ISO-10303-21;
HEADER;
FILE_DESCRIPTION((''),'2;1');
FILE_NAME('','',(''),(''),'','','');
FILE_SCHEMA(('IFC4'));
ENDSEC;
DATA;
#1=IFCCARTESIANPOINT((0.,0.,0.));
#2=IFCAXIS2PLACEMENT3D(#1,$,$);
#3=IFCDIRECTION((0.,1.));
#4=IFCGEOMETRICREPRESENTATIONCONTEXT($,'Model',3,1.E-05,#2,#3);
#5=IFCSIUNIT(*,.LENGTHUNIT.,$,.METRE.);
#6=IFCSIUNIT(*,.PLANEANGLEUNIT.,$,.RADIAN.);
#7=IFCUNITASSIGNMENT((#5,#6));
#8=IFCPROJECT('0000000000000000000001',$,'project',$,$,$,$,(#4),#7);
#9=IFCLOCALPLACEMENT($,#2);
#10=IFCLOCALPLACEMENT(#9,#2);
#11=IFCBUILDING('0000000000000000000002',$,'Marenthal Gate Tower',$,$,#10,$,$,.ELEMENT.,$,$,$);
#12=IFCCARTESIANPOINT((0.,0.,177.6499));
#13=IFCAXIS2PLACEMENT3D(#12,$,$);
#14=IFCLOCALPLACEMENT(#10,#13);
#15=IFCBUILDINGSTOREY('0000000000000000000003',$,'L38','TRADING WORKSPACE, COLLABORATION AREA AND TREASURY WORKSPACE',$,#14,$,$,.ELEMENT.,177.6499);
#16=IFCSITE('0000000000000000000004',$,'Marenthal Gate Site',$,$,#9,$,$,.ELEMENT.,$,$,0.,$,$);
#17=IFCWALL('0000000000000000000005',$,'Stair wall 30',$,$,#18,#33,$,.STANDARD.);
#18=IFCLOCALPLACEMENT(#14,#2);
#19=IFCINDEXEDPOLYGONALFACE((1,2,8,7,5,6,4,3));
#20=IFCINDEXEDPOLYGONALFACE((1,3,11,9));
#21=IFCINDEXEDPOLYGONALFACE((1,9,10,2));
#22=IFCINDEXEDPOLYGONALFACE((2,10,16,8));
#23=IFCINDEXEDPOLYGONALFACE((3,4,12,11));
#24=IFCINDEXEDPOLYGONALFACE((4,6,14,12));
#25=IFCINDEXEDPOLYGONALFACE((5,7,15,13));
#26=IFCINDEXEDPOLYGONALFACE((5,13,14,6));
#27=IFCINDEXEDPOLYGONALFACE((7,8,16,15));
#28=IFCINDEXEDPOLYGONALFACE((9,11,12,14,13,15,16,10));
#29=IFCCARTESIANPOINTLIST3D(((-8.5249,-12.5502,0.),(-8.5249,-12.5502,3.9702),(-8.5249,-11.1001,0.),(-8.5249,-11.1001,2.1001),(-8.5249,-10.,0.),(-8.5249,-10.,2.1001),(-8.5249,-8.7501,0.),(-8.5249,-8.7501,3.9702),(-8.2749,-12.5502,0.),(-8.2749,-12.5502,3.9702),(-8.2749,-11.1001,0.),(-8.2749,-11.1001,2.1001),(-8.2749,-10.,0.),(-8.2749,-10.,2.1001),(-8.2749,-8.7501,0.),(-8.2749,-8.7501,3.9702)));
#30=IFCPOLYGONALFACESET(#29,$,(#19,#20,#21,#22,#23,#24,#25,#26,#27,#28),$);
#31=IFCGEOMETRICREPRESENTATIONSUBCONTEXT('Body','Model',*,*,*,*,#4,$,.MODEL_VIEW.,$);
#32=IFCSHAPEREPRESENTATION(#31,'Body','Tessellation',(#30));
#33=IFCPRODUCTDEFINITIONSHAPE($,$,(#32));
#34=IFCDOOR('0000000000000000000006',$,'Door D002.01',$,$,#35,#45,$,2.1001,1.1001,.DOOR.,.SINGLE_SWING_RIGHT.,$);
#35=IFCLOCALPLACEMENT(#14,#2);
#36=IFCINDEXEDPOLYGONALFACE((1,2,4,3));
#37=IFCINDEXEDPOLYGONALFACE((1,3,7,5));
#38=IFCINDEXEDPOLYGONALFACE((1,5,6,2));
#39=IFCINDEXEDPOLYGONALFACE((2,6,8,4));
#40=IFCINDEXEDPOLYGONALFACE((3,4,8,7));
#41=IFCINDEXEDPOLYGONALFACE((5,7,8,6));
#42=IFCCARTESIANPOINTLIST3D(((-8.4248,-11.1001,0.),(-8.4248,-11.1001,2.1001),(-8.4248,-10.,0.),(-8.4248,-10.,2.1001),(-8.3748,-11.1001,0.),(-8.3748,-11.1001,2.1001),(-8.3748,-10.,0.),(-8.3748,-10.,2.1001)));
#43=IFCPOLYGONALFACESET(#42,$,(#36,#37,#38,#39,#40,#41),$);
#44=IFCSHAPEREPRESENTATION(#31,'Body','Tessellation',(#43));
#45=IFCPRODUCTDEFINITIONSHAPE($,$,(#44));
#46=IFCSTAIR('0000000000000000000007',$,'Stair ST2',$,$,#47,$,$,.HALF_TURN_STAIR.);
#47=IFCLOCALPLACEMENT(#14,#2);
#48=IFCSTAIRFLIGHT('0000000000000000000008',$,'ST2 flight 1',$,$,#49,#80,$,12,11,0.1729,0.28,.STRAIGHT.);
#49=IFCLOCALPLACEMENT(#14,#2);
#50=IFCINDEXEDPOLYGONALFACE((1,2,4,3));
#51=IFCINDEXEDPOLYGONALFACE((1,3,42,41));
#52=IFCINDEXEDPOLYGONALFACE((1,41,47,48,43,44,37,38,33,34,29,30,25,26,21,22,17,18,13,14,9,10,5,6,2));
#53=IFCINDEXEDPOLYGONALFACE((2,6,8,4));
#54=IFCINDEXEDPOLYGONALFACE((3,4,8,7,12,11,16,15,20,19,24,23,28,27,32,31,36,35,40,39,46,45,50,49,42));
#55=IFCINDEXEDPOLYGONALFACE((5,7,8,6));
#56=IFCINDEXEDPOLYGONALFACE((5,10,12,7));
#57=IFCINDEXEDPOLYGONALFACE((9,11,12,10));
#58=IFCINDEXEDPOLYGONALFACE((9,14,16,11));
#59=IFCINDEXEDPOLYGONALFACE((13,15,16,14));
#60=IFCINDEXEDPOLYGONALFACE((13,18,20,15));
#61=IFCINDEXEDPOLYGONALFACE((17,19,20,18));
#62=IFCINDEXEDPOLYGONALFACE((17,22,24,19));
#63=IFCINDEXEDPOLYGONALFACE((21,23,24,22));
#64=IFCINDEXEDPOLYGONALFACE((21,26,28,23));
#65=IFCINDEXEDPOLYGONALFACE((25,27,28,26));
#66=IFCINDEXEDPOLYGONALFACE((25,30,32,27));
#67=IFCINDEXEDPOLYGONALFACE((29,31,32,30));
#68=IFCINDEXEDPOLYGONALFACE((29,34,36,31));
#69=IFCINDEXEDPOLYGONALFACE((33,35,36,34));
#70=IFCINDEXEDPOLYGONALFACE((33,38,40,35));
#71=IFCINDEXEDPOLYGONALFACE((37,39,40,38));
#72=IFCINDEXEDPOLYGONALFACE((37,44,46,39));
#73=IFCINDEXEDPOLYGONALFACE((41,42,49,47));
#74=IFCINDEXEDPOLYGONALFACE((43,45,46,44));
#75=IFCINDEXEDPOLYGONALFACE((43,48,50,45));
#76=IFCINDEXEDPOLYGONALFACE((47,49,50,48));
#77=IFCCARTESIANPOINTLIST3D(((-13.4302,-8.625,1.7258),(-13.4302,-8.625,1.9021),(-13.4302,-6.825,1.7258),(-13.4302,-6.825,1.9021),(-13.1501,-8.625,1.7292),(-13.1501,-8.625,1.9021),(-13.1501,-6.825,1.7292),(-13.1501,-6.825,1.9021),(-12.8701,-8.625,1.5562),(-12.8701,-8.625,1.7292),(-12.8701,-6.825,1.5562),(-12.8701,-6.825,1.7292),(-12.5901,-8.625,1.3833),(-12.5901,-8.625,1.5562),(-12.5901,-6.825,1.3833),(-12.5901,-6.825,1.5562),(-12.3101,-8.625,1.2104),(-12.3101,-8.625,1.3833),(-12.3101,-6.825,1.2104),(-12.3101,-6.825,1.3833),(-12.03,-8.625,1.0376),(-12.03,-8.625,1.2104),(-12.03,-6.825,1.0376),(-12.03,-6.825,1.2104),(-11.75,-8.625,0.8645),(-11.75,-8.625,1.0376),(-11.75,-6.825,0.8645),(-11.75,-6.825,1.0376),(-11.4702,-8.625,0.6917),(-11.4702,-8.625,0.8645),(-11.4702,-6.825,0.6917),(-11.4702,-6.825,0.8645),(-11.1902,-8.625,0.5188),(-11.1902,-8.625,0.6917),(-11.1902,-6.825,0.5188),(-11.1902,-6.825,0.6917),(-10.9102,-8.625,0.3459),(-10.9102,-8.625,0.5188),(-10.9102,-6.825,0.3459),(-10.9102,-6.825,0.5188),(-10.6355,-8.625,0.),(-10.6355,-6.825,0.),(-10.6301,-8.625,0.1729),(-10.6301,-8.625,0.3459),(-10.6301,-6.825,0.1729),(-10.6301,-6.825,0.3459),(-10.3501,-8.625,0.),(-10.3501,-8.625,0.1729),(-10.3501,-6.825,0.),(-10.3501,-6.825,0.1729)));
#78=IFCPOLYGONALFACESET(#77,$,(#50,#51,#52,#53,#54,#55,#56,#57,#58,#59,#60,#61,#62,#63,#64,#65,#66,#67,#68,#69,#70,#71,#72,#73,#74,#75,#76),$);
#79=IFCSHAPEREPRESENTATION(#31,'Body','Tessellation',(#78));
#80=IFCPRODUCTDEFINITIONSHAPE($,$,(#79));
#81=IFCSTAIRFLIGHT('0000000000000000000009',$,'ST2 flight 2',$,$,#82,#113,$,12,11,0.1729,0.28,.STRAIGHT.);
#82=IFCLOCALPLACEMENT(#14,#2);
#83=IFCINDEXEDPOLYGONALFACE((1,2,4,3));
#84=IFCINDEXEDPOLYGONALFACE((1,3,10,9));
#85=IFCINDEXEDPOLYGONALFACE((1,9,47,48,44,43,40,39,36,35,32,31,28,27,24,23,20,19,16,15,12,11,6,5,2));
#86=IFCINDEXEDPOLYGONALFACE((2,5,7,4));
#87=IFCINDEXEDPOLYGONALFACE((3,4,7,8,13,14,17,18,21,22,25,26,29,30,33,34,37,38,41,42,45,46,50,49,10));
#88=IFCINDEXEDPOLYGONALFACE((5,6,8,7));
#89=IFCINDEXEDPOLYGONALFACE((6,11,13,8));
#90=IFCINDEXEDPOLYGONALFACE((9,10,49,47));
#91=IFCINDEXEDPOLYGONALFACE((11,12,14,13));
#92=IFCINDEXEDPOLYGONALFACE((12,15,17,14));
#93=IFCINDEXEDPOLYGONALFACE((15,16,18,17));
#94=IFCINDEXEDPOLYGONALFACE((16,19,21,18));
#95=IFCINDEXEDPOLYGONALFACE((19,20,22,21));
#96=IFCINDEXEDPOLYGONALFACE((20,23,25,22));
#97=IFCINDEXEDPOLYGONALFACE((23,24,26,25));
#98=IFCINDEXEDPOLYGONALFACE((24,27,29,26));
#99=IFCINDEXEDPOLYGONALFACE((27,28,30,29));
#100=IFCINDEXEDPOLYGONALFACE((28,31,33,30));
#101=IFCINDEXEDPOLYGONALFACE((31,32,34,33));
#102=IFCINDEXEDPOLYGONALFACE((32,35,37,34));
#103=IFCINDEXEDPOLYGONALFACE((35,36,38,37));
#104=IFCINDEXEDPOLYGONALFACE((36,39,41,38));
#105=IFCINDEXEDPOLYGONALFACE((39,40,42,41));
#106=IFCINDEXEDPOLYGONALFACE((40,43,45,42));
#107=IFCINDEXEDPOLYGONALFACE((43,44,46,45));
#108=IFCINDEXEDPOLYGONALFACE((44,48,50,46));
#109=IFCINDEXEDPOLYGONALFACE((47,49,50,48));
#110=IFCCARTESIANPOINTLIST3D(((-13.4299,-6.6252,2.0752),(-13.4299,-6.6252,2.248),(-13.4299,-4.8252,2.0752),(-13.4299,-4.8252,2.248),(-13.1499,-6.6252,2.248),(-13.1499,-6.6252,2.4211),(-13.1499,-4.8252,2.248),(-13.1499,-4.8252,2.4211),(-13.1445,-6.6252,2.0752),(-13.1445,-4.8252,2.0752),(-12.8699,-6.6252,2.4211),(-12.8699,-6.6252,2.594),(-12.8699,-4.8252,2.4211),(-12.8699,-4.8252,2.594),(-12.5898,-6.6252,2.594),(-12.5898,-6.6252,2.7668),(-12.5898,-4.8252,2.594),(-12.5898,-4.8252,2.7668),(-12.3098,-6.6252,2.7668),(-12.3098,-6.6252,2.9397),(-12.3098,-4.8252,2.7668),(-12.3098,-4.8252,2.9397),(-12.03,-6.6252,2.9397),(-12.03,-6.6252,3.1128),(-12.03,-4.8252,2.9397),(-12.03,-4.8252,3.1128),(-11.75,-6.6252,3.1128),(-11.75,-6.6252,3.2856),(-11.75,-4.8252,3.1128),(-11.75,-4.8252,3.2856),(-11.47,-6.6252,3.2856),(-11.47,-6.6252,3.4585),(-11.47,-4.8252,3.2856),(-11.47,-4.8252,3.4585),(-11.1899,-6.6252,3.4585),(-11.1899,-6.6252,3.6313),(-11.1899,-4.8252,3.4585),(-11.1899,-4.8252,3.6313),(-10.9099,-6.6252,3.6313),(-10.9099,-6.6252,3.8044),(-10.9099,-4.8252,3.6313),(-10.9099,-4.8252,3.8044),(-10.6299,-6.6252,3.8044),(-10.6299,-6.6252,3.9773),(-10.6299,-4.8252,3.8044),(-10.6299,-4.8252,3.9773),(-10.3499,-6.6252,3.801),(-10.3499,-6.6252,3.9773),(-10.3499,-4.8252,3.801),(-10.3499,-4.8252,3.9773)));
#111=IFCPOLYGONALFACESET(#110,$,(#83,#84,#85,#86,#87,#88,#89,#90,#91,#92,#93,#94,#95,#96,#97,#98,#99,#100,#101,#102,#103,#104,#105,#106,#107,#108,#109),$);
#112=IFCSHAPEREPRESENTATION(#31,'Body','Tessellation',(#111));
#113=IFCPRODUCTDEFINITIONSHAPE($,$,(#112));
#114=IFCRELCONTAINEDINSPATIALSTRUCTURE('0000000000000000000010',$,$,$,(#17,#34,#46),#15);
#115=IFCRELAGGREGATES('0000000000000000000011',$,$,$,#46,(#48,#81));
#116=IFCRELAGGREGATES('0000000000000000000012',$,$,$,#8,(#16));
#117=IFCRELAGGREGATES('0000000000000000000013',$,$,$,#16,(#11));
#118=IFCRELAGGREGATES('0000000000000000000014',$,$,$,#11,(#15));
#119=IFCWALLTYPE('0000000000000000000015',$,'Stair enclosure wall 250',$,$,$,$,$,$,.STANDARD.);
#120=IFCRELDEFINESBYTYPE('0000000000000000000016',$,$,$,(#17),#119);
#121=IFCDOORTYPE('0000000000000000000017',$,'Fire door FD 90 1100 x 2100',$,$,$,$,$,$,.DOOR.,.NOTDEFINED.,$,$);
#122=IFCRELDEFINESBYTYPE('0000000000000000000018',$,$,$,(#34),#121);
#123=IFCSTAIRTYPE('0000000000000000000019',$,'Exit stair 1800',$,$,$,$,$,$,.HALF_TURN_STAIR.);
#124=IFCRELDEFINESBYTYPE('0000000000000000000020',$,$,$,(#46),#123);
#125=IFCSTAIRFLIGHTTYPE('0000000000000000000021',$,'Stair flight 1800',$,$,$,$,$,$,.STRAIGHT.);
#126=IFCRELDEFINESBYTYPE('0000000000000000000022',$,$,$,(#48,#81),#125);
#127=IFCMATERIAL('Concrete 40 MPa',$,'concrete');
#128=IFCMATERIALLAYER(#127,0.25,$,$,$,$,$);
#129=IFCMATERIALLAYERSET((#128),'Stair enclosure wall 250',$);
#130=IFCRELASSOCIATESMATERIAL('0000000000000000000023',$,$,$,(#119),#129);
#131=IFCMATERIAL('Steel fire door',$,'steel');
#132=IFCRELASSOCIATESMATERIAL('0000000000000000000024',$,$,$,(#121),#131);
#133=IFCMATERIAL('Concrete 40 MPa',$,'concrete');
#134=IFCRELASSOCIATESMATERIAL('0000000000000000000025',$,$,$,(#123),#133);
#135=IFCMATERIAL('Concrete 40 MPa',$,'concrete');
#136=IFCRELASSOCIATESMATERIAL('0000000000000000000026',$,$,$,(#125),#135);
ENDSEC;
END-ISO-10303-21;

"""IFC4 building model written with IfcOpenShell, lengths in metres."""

from ifc_helpers import new_model, si_unit, direction, frame, frame_2d, origin, place, context, subcontext, project, spatial, polyline, rectangle, outline, extrude, material, layer, layer_set, type_object, element, fill, aggregate, save


model = new_model("IFC4")

# Units and contexts
model_context = context("Model", 3, precision=1e-05, world=origin(), true_north=direction((0.0, 1.0)))
body_context = subcontext(model_context, "Body", "Model", "MODEL_VIEW")
ifc_project = project(units=[si_unit("LENGTHUNIT", "METRE"), si_unit("PLANEANGLEUNIT", "RADIAN")], contexts=[model_context])

# Site, building, storey
site_placement = place(None, origin())
site = spatial("IfcSite", under=ifc_project, at=site_placement, Name="Marenthal Gate Site", CompositionType="ELEMENT", RefElevation=0.0)
building_placement = place(site_placement, origin())
building = spatial("IfcBuilding", under=site, at=building_placement, Name="Marenthal Gate Tower", CompositionType="ELEMENT")
storey_placement = place(building_placement, frame((0.0, 0.0, 177.6499)))
storey = spatial("IfcBuildingStorey", under=building, at=storey_placement, Name="L38", Description="TRADING WORKSPACE, COLLABORATION AREA AND TREASURY WORKSPACE", CompositionType="ELEMENT", Elevation=177.6499)

# Shared definitions
ifc_material_1 = material(Name="Concrete 40 MPa", Category="concrete")
ifc_layer_1 = layer(ifc_material_1, 0.25)
ifc_layer_set_1 = layer_set([ifc_layer_1], Name="Stair enclosure wall 250")
wall_type_1 = type_object("IfcWallType", Name="Stair enclosure wall 250", PredefinedType="STANDARD", material=ifc_layer_set_1)

# Wall, opening, door
wall_1_placement = place(storey_placement, frame((-8.3999, -12.55, 0.0), z_axis=(0.0, 0.0, 1.0), x_axis=(0.0, 1.0, 0.0)))
wall_1 = element("IfcWall", 1, at=wall_1_placement, inside=storey, type_object=wall_type_1, Name="Stair wall 30", PredefinedType="STANDARD", context=body_context, shape_type="SweptSolid", body=[
    extrude(rectangle(XDim=3.8, YDim=0.25, at=frame_2d((1.8999, 0.0))), origin(), (0.0, 0.0, 1.0), 3.9702),
])
opening_1_placement = place(wall_1_placement, frame((1.45, 0.0, 0.0)))
opening_1 = element("IfcOpeningElement", 2, at=opening_1_placement, cuts=wall_1, PredefinedType="OPENING", context=body_context, shape_type="SweptSolid", body=[
    extrude(rectangle(XDim=1.1001, YDim=2.1001, at=frame_2d((0.55, 1.05))), frame((0.0, 0.135, 0.0), z_axis=(0.0, -1.0, 0.0), x_axis=(1.0, 0.0, 0.0)), (0.0, 0.0, 1.0), 0.27),
])
ifc_material_2 = material(Name="Steel fire door", Category="steel")
door_type_1 = type_object("IfcDoorType", Name="Fire door FD 90 1100 x 2100", OperationType="NOTDEFINED", PredefinedType="DOOR", material=ifc_material_2)
door_1_placement = place(opening_1_placement, origin())
door_1 = element("IfcDoor", 3, at=door_1_placement, inside=storey, type_object=door_type_1, Name="Door D002.01", OperationType="SINGLE_SWING_RIGHT", OverallHeight=2.1001, OverallWidth=1.1001, PredefinedType="DOOR", context=body_context, shape_type="SweptSolid", body=[
    extrude(rectangle(XDim=1.1001, YDim=2.1001, at=frame_2d((0.55, 1.05))), frame((0.0, 0.0249, 0.0), z_axis=(0.0, -1.0, 0.0), x_axis=(1.0, 0.0, 0.0)), (0.0, 0.0, 1.0), 0.05),
])
fill(opening_1, door_1)

# Stair, stair flights
ifc_material_3 = material(Name="Concrete 40 MPa", Category="concrete")
stair_type = type_object("IfcStairType", Name="Exit stair 1800", PredefinedType="HALF_TURN_STAIR", material=ifc_material_3)
stair_placement = place(storey_placement, origin())
stair = element("IfcStair", 4, at=stair_placement, inside=storey, type_object=stair_type, Name="Stair ST2", PredefinedType="HALF_TURN_STAIR")
ifc_material_4 = material(Name="Concrete 40 MPa", Category="concrete")
stair_flight_type = type_object("IfcStairFlightType", Name="Stair flight 1800", PredefinedType="STRAIGHT", material=ifc_material_4)
stair_flight_1_placement = place(storey_placement, frame((-10.3501, -7.7251, 0.0), z_axis=(0.0, 0.0, 1.0), x_axis=(-1.0, 0.0, 0.0)))
stair_flight_1 = element("IfcStairFlight", 5, at=stair_flight_1_placement, type_object=stair_flight_type, Name="ST2 flight 1", NumberOfRisers=12, NumberOfTreads=11, PredefinedType="STRAIGHT", RiserHeight=0.1729, TreadLength=0.28, context=body_context, shape_type="SweptSolid", body=[
    extrude(outline(polyline([(0.0, 0.0), (0.0, 0.1729), (0.28, 0.1729), (0.28, 0.3459), (0.5601, 0.3459), (0.5601, 0.5188), (0.8401, 0.5188), (0.8401, 0.6917), (1.1201, 0.6917), (1.1201, 0.8645), (1.3999, 0.8645), (1.3999, 1.0376), (1.6799, 1.0376), (1.6799, 1.2104), (1.96, 1.2104), (1.96, 1.3833), (2.24, 1.3833), (2.24, 1.5562), (2.52, 1.5562), (2.52, 1.7292), (2.8, 1.7292), (2.8, 1.9021), (3.0801, 1.9021), (3.0801, 2.075), (3.0801, 1.7258), (0.2854, 0.0), (0.0, 0.0)])), frame((0.0, 0.8999, 0.0), z_axis=(0.0, -1.0, 0.0), x_axis=(1.0, 0.0, 0.0)), (0.0, 0.0, 1.0), 1.8),
])
stair_flight_2_placement = place(storey_placement, frame((-13.4299, -5.7251, 2.0752), z_axis=(0.0, 0.0, 1.0), x_axis=(1.0, 0.0, 0.0)))
stair_flight_2 = element("IfcStairFlight", 6, at=stair_flight_2_placement, type_object=stair_flight_type, Name="ST2 flight 2", NumberOfRisers=12, NumberOfTreads=11, PredefinedType="STRAIGHT", RiserHeight=0.1729, TreadLength=0.28, context=body_context, shape_type="SweptSolid", body=[
    extrude(outline(polyline([(0.0, 0.0), (0.0, 0.1729), (0.28, 0.1729), (0.28, 0.3459), (0.5601, 0.3459), (0.5601, 0.5188), (0.8401, 0.5188), (0.8401, 0.6917), (1.1201, 0.6917), (1.1201, 0.8645), (1.3999, 0.8645), (1.3999, 1.0376), (1.6799, 1.0376), (1.6799, 1.2104), (1.96, 1.2104), (1.96, 1.3833), (2.24, 1.3833), (2.24, 1.5562), (2.52, 1.5562), (2.52, 1.7292), (2.8, 1.7292), (2.8, 1.9021), (3.0801, 1.9021), (3.0801, 2.075), (3.0801, 1.7258), (0.2854, 0.0), (0.0, 0.0)])), frame((0.0, 0.8999, 0.0), z_axis=(0.0, -1.0, 0.0), x_axis=(1.0, 0.0, 0.0)), (0.0, 0.0, 1.0), 1.8),
])
aggregate(stair, [stair_flight_1, stair_flight_2])

save(model, "model.ifc")
